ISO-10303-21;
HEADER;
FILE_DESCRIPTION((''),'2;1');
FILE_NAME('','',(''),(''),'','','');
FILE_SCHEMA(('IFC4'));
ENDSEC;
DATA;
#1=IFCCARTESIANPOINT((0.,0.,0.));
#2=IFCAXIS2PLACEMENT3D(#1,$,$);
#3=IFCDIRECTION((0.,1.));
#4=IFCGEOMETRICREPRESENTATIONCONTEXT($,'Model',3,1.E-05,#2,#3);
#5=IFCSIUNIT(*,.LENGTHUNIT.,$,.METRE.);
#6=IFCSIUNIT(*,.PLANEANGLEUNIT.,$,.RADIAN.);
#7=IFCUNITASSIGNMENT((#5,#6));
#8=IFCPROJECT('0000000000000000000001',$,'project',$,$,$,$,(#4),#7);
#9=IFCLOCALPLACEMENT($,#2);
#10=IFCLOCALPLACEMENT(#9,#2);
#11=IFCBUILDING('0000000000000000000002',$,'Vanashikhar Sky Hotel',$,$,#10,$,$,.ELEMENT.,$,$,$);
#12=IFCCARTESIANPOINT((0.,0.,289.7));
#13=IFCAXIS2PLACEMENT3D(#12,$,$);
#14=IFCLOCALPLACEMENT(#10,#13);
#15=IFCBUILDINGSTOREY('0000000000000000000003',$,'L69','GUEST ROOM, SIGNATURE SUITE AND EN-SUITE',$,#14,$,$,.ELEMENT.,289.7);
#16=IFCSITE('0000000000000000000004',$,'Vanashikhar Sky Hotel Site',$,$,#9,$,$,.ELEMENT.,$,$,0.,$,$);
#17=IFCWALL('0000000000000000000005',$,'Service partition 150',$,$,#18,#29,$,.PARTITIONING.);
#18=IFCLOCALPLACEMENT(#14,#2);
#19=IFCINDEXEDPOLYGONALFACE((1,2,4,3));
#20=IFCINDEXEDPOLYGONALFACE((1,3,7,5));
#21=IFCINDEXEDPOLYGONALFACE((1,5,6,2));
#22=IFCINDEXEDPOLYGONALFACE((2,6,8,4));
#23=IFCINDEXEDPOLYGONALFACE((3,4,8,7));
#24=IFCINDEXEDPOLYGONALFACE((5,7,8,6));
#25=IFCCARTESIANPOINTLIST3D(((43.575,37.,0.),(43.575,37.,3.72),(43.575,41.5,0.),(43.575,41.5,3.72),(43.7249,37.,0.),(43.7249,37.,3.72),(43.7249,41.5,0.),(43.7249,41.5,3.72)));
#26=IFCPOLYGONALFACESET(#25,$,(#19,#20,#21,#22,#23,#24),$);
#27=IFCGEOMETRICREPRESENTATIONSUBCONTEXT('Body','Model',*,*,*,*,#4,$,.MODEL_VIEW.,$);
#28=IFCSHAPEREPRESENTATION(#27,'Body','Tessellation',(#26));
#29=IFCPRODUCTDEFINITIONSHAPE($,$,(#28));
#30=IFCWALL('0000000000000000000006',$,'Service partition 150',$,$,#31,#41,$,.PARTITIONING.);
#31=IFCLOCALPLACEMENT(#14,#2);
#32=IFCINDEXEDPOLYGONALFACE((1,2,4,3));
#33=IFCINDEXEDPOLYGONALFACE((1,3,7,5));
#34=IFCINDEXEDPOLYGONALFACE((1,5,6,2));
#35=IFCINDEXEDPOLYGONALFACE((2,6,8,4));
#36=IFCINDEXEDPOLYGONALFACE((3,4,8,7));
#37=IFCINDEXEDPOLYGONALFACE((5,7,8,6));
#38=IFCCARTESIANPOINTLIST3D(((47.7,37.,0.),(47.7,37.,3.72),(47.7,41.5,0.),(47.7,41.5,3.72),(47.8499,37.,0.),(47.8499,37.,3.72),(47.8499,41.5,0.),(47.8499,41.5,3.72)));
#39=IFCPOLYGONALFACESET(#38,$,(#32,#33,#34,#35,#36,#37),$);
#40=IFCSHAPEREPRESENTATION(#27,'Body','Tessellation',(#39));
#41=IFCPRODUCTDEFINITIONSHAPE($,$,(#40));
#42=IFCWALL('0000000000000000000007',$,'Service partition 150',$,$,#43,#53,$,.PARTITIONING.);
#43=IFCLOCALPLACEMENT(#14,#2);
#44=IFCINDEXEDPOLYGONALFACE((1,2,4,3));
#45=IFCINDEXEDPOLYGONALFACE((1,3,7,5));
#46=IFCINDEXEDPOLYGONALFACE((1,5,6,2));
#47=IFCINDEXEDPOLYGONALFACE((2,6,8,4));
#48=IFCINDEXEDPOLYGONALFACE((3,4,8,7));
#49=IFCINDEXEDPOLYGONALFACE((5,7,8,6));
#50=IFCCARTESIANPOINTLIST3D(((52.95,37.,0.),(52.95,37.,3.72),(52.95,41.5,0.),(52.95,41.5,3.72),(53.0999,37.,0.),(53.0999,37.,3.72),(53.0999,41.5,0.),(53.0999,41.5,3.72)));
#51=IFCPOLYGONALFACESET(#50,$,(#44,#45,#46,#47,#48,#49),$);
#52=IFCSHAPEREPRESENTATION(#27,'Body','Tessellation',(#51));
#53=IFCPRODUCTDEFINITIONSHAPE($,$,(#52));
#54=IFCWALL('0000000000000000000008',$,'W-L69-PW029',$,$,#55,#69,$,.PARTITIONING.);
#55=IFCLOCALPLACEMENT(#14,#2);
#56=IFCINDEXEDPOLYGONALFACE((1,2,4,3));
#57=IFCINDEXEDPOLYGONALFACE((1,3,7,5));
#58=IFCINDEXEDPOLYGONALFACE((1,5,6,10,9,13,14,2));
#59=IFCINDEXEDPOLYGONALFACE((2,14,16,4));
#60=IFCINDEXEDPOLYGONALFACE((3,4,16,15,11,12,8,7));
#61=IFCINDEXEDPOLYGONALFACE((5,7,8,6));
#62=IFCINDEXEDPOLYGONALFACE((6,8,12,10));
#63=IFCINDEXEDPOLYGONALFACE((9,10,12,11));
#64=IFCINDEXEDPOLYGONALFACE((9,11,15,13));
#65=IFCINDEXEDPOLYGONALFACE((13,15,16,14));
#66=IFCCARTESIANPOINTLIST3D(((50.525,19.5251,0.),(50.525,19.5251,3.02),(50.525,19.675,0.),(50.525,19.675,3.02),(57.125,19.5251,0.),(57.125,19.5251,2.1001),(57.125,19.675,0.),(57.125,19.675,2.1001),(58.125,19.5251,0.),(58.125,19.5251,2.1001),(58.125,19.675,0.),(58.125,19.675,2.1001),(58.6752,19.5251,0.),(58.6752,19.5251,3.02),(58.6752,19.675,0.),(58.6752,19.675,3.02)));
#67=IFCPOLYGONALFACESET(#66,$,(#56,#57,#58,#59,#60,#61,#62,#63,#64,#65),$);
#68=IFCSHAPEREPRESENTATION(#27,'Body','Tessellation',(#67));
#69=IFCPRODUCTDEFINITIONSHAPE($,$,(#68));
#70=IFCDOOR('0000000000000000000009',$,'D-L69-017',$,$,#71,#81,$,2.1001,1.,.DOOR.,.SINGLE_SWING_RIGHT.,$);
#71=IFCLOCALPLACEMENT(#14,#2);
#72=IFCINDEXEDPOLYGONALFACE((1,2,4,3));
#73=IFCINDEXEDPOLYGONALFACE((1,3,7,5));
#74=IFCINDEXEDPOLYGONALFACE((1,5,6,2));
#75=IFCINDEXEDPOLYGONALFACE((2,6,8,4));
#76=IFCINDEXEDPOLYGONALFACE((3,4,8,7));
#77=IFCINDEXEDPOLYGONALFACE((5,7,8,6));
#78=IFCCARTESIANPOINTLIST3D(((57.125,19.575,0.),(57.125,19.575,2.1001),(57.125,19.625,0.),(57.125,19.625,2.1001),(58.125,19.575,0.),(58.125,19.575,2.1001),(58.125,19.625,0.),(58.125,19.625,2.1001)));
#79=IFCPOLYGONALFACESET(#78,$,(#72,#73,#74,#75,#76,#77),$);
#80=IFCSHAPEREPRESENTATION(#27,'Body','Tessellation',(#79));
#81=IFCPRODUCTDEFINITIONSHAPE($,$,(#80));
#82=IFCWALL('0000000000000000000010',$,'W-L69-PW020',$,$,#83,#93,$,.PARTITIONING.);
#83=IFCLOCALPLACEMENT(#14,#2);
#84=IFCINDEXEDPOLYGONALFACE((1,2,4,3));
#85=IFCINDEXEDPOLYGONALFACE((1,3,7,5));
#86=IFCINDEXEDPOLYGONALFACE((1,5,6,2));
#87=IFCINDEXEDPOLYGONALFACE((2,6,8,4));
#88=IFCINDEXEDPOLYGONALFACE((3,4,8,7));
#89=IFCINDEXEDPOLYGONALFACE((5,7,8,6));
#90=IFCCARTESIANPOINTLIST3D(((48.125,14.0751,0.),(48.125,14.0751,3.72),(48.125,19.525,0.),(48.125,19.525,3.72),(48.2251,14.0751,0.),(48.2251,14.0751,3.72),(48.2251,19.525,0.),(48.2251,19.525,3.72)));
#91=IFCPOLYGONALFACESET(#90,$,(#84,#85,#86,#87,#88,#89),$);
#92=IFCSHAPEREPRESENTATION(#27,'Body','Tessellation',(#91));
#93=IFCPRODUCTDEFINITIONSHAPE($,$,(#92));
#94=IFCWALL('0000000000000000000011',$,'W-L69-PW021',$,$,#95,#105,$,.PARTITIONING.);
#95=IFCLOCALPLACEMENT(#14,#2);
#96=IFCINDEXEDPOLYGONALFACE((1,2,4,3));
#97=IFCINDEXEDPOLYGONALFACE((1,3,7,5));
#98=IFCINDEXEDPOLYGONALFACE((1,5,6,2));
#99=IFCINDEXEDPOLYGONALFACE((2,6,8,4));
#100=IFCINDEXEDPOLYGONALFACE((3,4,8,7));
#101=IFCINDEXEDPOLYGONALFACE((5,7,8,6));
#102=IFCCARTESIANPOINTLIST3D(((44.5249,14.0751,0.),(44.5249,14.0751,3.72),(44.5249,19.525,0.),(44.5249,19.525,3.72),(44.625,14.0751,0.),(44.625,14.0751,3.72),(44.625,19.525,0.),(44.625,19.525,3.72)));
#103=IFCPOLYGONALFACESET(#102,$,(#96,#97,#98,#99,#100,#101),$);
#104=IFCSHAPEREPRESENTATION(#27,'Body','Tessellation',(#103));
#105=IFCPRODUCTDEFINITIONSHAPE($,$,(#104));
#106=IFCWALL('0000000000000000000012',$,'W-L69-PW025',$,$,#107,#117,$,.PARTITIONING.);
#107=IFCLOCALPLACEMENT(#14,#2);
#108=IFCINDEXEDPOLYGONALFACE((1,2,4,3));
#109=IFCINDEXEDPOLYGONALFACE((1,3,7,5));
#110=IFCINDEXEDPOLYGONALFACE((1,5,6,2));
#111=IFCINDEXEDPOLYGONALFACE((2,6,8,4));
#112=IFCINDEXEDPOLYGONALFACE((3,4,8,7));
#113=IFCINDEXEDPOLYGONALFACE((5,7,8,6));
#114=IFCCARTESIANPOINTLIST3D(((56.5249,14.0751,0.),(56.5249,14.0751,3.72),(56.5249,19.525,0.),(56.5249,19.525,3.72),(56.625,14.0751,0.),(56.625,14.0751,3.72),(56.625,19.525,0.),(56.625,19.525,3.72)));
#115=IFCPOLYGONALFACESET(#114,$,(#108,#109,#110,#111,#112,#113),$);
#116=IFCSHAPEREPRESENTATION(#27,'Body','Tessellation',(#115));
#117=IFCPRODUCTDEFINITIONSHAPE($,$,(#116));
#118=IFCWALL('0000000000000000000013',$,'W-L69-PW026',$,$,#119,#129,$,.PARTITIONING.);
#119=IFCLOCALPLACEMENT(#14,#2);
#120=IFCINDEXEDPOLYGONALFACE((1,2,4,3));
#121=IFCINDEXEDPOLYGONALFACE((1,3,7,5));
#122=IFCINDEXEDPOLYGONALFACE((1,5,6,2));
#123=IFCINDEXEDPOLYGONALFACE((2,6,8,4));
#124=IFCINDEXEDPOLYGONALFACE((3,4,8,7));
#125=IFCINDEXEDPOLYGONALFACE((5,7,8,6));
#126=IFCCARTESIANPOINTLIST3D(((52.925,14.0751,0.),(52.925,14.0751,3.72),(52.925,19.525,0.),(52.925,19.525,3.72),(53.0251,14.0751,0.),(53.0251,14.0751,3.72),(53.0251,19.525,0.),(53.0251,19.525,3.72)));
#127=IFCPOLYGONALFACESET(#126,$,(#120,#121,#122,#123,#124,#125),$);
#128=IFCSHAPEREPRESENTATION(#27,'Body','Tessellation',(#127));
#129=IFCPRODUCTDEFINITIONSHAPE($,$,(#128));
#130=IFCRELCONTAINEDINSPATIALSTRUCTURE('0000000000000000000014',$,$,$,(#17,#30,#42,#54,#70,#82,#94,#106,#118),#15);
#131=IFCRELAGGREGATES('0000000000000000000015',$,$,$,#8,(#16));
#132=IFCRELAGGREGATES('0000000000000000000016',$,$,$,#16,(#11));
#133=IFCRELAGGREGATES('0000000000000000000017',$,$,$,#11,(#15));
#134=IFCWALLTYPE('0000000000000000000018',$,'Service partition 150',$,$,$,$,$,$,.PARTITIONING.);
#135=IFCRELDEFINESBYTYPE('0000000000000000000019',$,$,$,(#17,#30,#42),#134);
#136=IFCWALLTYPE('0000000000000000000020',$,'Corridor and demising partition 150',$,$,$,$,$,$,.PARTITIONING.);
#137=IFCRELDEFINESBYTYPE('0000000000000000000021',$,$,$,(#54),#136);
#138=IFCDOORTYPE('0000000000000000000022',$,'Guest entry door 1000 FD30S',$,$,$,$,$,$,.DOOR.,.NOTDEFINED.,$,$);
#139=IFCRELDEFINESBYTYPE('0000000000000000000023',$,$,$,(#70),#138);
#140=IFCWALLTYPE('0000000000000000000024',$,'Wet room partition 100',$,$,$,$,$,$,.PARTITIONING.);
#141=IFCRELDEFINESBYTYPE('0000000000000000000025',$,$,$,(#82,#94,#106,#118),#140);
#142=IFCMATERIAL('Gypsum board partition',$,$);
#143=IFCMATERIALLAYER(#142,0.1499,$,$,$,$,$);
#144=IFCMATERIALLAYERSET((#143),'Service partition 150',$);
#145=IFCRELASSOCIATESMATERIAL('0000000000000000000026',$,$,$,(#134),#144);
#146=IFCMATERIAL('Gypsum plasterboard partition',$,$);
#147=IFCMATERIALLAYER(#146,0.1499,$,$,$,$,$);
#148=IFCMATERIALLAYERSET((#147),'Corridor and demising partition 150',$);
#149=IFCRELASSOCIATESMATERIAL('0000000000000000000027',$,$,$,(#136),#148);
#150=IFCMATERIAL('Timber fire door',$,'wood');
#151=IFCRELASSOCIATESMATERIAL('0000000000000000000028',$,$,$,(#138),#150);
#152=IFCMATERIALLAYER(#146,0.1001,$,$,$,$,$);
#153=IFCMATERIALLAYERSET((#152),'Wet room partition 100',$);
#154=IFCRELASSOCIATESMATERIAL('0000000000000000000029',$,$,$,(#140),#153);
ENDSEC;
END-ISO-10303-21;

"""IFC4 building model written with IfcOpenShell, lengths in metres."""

from ifc_helpers import new_model, si_unit, direction, frame, frame_2d, origin, place, context, subcontext, project, spatial, rectangle, extrude, source, transform, mapped, material, layer, layer_set, type_object, element, fill, save


model = new_model("IFC4")

# Units and contexts
model_context = context("Model", 3, precision=1e-05, world=origin(), true_north=direction((0.0, 1.0)))
body_context = subcontext(model_context, "Body", "Model", "MODEL_VIEW")
ifc_project = project(units=[si_unit("LENGTHUNIT", "METRE"), si_unit("PLANEANGLEUNIT", "RADIAN")], contexts=[model_context])

# Site, building, storey
site_placement = place(None, origin())
site = spatial("IfcSite", under=ifc_project, at=site_placement, Name="Vanashikhar Sky Hotel Site", CompositionType="ELEMENT", RefElevation=0.0)
building_placement = place(site_placement, origin())
building = spatial("IfcBuilding", under=site, at=building_placement, Name="Vanashikhar Sky Hotel", CompositionType="ELEMENT")
storey_placement = place(building_placement, frame((0.0, 0.0, 289.7)))
storey = spatial("IfcBuildingStorey", under=building, at=storey_placement, Name="L69", Description="GUEST ROOM, SIGNATURE SUITE AND EN-SUITE", CompositionType="ELEMENT", Elevation=289.7)

# Shared definitions
shared_shape_1 = source(origin(), body_context, "Body", "SweptSolid", [
    extrude(rectangle(XDim=1.0, YDim=2.1001, at=frame_2d((0.5, 1.05))), frame((0.0, 0.0249, 0.0), z_axis=(0.0, -1.0, 0.0), x_axis=(1.0, 0.0, 0.0)), (0.0, 0.0, 1.0), 0.05),
])

# Walls
ifc_material_1 = material(Name="Gypsum board partition")
ifc_layer_1 = layer(ifc_material_1, 0.1499)
ifc_layer_set_1 = layer_set([ifc_layer_1], Name="Service partition 150")
wall_type_1 = type_object("IfcWallType", Name="Service partition 150", PredefinedType="PARTITIONING", material=ifc_layer_set_1)
shared_shape_2 = source(origin(), body_context, "Body", "SweptSolid", [
    extrude(rectangle(XDim=4.5, YDim=0.1499, at=frame_2d((2.25, 0.0))), origin(), (0.0, 0.0, 1.0), 3.72),
])
for number, where, z_axis, x_axis, name in (
    (1, (43.6499, 37.0, 0.0), (0.0, 0.0, 1.0), (0.0, 1.0, 0.0), "Service partition 150"),
    (2, (47.7749, 37.0, 0.0), (0.0, 0.0, 1.0), (0.0, 1.0, 0.0), "Service partition 150"),
    (3, (53.0249, 37.0, 0.0), (0.0, 0.0, 1.0), (0.0, 1.0, 0.0), "Service partition 150"),
):
    element("IfcWall", number, at=place(storey_placement, frame(where, z_axis=z_axis, x_axis=x_axis)), inside=storey, type_object=wall_type_1, Name=name, PredefinedType="PARTITIONING", context=body_context, shape_type="MappedRepresentation", body=[
        mapped(shared_shape_2, transform((0.0, 0.0, 0.0), scale=1.0)),
    ])

# Wall, opening, door
ifc_material_2 = material(Name="Gypsum plasterboard partition")
ifc_layer_2 = layer(ifc_material_2, 0.1499)
ifc_layer_set_2 = layer_set([ifc_layer_2], Name="Corridor and demising partition 150")
wall_type_2 = type_object("IfcWallType", Name="Corridor and demising partition 150", PredefinedType="PARTITIONING", material=ifc_layer_set_2)
shared_shape_3 = source(origin(), body_context, "Body", "SweptSolid", [
    extrude(rectangle(XDim=8.1501, YDim=0.1499, at=frame_2d((4.0752, 0.0))), origin(), (0.0, 0.0, 1.0), 3.02),
])
wall_1_placement = place(storey_placement, frame((50.5249, 19.6001, 0.0), z_axis=(0.0, 0.0, 1.0), x_axis=(1.0, 0.0, 0.0)))
wall_1 = element("IfcWall", 4, at=wall_1_placement, inside=storey, type_object=wall_type_2, Name="W-L69-PW029", PredefinedType="PARTITIONING", context=body_context, shape_type="MappedRepresentation", body=[
    mapped(shared_shape_3, transform((0.0, 0.0, 0.0), scale=1.0)),
])
shared_shape_4 = source(origin(), body_context, "Body", "SweptSolid", [
    extrude(rectangle(XDim=1.0, YDim=2.1001, at=frame_2d((0.5, 1.05))), frame((0.0, 0.085, 0.0), z_axis=(0.0, -1.0, 0.0), x_axis=(1.0, 0.0, 0.0)), (0.0, 0.0, 1.0), 0.1699),
])
opening_1_placement = place(wall_1_placement, frame((6.6001, 0.0, 0.0)))
opening_1 = element("IfcOpeningElement", 5, at=opening_1_placement, cuts=wall_1, PredefinedType="OPENING", context=body_context, shape_type="MappedRepresentation", body=[
    mapped(shared_shape_4, transform((0.0, 0.0, 0.0), scale=1.0)),
])
ifc_material_3 = material(Name="Timber fire door", Category="wood")
door_type_1 = type_object("IfcDoorType", Name="Guest entry door 1000 FD30S", OperationType="NOTDEFINED", PredefinedType="DOOR", material=ifc_material_3)
door_1_placement = place(opening_1_placement, origin())
door_1 = element("IfcDoor", 6, at=door_1_placement, inside=storey, type_object=door_type_1, Name="D-L69-017", OperationType="SINGLE_SWING_RIGHT", OverallHeight=2.1001, OverallWidth=1.0, PredefinedType="DOOR", context=body_context, shape_type="MappedRepresentation", body=[
    mapped(shared_shape_1, transform((0.0, 0.0, 0.0), scale=1.0)),
])
fill(opening_1, door_1)

# Walls
ifc_layer_3 = layer(ifc_material_2, 0.1001)
ifc_layer_set_3 = layer_set([ifc_layer_3], Name="Wet room partition 100")
wall_type_3 = type_object("IfcWallType", Name="Wet room partition 100", PredefinedType="PARTITIONING", material=ifc_layer_set_3)
shared_shape_5 = source(origin(), body_context, "Body", "SweptSolid", [
    extrude(rectangle(XDim=5.45, YDim=0.1001, at=frame_2d((2.7251, 0.0))), origin(), (0.0, 0.0, 1.0), 3.72),
])
for number, where, z_axis, x_axis, name in (
    (7, (48.175, 14.075, 0.0), (0.0, 0.0, 1.0), (0.0, 1.0, 0.0), "W-L69-PW020"),
    (8, (44.575, 14.075, 0.0), (0.0, 0.0, 1.0), (0.0, 1.0, 0.0), "W-L69-PW021"),
    (9, (56.575, 14.075, 0.0), (0.0, 0.0, 1.0), (0.0, 1.0, 0.0), "W-L69-PW025"),
    (10, (52.9751, 14.075, 0.0), (0.0, 0.0, 1.0), (0.0, 1.0, 0.0), "W-L69-PW026"),
):
    element("IfcWall", number, at=place(storey_placement, frame(where, z_axis=z_axis, x_axis=x_axis)), inside=storey, type_object=wall_type_3, Name=name, PredefinedType="PARTITIONING", context=body_context, shape_type="MappedRepresentation", body=[
        mapped(shared_shape_5, transform((0.0, 0.0, 0.0), scale=1.0)),
    ])

save(model, "model.ifc")
